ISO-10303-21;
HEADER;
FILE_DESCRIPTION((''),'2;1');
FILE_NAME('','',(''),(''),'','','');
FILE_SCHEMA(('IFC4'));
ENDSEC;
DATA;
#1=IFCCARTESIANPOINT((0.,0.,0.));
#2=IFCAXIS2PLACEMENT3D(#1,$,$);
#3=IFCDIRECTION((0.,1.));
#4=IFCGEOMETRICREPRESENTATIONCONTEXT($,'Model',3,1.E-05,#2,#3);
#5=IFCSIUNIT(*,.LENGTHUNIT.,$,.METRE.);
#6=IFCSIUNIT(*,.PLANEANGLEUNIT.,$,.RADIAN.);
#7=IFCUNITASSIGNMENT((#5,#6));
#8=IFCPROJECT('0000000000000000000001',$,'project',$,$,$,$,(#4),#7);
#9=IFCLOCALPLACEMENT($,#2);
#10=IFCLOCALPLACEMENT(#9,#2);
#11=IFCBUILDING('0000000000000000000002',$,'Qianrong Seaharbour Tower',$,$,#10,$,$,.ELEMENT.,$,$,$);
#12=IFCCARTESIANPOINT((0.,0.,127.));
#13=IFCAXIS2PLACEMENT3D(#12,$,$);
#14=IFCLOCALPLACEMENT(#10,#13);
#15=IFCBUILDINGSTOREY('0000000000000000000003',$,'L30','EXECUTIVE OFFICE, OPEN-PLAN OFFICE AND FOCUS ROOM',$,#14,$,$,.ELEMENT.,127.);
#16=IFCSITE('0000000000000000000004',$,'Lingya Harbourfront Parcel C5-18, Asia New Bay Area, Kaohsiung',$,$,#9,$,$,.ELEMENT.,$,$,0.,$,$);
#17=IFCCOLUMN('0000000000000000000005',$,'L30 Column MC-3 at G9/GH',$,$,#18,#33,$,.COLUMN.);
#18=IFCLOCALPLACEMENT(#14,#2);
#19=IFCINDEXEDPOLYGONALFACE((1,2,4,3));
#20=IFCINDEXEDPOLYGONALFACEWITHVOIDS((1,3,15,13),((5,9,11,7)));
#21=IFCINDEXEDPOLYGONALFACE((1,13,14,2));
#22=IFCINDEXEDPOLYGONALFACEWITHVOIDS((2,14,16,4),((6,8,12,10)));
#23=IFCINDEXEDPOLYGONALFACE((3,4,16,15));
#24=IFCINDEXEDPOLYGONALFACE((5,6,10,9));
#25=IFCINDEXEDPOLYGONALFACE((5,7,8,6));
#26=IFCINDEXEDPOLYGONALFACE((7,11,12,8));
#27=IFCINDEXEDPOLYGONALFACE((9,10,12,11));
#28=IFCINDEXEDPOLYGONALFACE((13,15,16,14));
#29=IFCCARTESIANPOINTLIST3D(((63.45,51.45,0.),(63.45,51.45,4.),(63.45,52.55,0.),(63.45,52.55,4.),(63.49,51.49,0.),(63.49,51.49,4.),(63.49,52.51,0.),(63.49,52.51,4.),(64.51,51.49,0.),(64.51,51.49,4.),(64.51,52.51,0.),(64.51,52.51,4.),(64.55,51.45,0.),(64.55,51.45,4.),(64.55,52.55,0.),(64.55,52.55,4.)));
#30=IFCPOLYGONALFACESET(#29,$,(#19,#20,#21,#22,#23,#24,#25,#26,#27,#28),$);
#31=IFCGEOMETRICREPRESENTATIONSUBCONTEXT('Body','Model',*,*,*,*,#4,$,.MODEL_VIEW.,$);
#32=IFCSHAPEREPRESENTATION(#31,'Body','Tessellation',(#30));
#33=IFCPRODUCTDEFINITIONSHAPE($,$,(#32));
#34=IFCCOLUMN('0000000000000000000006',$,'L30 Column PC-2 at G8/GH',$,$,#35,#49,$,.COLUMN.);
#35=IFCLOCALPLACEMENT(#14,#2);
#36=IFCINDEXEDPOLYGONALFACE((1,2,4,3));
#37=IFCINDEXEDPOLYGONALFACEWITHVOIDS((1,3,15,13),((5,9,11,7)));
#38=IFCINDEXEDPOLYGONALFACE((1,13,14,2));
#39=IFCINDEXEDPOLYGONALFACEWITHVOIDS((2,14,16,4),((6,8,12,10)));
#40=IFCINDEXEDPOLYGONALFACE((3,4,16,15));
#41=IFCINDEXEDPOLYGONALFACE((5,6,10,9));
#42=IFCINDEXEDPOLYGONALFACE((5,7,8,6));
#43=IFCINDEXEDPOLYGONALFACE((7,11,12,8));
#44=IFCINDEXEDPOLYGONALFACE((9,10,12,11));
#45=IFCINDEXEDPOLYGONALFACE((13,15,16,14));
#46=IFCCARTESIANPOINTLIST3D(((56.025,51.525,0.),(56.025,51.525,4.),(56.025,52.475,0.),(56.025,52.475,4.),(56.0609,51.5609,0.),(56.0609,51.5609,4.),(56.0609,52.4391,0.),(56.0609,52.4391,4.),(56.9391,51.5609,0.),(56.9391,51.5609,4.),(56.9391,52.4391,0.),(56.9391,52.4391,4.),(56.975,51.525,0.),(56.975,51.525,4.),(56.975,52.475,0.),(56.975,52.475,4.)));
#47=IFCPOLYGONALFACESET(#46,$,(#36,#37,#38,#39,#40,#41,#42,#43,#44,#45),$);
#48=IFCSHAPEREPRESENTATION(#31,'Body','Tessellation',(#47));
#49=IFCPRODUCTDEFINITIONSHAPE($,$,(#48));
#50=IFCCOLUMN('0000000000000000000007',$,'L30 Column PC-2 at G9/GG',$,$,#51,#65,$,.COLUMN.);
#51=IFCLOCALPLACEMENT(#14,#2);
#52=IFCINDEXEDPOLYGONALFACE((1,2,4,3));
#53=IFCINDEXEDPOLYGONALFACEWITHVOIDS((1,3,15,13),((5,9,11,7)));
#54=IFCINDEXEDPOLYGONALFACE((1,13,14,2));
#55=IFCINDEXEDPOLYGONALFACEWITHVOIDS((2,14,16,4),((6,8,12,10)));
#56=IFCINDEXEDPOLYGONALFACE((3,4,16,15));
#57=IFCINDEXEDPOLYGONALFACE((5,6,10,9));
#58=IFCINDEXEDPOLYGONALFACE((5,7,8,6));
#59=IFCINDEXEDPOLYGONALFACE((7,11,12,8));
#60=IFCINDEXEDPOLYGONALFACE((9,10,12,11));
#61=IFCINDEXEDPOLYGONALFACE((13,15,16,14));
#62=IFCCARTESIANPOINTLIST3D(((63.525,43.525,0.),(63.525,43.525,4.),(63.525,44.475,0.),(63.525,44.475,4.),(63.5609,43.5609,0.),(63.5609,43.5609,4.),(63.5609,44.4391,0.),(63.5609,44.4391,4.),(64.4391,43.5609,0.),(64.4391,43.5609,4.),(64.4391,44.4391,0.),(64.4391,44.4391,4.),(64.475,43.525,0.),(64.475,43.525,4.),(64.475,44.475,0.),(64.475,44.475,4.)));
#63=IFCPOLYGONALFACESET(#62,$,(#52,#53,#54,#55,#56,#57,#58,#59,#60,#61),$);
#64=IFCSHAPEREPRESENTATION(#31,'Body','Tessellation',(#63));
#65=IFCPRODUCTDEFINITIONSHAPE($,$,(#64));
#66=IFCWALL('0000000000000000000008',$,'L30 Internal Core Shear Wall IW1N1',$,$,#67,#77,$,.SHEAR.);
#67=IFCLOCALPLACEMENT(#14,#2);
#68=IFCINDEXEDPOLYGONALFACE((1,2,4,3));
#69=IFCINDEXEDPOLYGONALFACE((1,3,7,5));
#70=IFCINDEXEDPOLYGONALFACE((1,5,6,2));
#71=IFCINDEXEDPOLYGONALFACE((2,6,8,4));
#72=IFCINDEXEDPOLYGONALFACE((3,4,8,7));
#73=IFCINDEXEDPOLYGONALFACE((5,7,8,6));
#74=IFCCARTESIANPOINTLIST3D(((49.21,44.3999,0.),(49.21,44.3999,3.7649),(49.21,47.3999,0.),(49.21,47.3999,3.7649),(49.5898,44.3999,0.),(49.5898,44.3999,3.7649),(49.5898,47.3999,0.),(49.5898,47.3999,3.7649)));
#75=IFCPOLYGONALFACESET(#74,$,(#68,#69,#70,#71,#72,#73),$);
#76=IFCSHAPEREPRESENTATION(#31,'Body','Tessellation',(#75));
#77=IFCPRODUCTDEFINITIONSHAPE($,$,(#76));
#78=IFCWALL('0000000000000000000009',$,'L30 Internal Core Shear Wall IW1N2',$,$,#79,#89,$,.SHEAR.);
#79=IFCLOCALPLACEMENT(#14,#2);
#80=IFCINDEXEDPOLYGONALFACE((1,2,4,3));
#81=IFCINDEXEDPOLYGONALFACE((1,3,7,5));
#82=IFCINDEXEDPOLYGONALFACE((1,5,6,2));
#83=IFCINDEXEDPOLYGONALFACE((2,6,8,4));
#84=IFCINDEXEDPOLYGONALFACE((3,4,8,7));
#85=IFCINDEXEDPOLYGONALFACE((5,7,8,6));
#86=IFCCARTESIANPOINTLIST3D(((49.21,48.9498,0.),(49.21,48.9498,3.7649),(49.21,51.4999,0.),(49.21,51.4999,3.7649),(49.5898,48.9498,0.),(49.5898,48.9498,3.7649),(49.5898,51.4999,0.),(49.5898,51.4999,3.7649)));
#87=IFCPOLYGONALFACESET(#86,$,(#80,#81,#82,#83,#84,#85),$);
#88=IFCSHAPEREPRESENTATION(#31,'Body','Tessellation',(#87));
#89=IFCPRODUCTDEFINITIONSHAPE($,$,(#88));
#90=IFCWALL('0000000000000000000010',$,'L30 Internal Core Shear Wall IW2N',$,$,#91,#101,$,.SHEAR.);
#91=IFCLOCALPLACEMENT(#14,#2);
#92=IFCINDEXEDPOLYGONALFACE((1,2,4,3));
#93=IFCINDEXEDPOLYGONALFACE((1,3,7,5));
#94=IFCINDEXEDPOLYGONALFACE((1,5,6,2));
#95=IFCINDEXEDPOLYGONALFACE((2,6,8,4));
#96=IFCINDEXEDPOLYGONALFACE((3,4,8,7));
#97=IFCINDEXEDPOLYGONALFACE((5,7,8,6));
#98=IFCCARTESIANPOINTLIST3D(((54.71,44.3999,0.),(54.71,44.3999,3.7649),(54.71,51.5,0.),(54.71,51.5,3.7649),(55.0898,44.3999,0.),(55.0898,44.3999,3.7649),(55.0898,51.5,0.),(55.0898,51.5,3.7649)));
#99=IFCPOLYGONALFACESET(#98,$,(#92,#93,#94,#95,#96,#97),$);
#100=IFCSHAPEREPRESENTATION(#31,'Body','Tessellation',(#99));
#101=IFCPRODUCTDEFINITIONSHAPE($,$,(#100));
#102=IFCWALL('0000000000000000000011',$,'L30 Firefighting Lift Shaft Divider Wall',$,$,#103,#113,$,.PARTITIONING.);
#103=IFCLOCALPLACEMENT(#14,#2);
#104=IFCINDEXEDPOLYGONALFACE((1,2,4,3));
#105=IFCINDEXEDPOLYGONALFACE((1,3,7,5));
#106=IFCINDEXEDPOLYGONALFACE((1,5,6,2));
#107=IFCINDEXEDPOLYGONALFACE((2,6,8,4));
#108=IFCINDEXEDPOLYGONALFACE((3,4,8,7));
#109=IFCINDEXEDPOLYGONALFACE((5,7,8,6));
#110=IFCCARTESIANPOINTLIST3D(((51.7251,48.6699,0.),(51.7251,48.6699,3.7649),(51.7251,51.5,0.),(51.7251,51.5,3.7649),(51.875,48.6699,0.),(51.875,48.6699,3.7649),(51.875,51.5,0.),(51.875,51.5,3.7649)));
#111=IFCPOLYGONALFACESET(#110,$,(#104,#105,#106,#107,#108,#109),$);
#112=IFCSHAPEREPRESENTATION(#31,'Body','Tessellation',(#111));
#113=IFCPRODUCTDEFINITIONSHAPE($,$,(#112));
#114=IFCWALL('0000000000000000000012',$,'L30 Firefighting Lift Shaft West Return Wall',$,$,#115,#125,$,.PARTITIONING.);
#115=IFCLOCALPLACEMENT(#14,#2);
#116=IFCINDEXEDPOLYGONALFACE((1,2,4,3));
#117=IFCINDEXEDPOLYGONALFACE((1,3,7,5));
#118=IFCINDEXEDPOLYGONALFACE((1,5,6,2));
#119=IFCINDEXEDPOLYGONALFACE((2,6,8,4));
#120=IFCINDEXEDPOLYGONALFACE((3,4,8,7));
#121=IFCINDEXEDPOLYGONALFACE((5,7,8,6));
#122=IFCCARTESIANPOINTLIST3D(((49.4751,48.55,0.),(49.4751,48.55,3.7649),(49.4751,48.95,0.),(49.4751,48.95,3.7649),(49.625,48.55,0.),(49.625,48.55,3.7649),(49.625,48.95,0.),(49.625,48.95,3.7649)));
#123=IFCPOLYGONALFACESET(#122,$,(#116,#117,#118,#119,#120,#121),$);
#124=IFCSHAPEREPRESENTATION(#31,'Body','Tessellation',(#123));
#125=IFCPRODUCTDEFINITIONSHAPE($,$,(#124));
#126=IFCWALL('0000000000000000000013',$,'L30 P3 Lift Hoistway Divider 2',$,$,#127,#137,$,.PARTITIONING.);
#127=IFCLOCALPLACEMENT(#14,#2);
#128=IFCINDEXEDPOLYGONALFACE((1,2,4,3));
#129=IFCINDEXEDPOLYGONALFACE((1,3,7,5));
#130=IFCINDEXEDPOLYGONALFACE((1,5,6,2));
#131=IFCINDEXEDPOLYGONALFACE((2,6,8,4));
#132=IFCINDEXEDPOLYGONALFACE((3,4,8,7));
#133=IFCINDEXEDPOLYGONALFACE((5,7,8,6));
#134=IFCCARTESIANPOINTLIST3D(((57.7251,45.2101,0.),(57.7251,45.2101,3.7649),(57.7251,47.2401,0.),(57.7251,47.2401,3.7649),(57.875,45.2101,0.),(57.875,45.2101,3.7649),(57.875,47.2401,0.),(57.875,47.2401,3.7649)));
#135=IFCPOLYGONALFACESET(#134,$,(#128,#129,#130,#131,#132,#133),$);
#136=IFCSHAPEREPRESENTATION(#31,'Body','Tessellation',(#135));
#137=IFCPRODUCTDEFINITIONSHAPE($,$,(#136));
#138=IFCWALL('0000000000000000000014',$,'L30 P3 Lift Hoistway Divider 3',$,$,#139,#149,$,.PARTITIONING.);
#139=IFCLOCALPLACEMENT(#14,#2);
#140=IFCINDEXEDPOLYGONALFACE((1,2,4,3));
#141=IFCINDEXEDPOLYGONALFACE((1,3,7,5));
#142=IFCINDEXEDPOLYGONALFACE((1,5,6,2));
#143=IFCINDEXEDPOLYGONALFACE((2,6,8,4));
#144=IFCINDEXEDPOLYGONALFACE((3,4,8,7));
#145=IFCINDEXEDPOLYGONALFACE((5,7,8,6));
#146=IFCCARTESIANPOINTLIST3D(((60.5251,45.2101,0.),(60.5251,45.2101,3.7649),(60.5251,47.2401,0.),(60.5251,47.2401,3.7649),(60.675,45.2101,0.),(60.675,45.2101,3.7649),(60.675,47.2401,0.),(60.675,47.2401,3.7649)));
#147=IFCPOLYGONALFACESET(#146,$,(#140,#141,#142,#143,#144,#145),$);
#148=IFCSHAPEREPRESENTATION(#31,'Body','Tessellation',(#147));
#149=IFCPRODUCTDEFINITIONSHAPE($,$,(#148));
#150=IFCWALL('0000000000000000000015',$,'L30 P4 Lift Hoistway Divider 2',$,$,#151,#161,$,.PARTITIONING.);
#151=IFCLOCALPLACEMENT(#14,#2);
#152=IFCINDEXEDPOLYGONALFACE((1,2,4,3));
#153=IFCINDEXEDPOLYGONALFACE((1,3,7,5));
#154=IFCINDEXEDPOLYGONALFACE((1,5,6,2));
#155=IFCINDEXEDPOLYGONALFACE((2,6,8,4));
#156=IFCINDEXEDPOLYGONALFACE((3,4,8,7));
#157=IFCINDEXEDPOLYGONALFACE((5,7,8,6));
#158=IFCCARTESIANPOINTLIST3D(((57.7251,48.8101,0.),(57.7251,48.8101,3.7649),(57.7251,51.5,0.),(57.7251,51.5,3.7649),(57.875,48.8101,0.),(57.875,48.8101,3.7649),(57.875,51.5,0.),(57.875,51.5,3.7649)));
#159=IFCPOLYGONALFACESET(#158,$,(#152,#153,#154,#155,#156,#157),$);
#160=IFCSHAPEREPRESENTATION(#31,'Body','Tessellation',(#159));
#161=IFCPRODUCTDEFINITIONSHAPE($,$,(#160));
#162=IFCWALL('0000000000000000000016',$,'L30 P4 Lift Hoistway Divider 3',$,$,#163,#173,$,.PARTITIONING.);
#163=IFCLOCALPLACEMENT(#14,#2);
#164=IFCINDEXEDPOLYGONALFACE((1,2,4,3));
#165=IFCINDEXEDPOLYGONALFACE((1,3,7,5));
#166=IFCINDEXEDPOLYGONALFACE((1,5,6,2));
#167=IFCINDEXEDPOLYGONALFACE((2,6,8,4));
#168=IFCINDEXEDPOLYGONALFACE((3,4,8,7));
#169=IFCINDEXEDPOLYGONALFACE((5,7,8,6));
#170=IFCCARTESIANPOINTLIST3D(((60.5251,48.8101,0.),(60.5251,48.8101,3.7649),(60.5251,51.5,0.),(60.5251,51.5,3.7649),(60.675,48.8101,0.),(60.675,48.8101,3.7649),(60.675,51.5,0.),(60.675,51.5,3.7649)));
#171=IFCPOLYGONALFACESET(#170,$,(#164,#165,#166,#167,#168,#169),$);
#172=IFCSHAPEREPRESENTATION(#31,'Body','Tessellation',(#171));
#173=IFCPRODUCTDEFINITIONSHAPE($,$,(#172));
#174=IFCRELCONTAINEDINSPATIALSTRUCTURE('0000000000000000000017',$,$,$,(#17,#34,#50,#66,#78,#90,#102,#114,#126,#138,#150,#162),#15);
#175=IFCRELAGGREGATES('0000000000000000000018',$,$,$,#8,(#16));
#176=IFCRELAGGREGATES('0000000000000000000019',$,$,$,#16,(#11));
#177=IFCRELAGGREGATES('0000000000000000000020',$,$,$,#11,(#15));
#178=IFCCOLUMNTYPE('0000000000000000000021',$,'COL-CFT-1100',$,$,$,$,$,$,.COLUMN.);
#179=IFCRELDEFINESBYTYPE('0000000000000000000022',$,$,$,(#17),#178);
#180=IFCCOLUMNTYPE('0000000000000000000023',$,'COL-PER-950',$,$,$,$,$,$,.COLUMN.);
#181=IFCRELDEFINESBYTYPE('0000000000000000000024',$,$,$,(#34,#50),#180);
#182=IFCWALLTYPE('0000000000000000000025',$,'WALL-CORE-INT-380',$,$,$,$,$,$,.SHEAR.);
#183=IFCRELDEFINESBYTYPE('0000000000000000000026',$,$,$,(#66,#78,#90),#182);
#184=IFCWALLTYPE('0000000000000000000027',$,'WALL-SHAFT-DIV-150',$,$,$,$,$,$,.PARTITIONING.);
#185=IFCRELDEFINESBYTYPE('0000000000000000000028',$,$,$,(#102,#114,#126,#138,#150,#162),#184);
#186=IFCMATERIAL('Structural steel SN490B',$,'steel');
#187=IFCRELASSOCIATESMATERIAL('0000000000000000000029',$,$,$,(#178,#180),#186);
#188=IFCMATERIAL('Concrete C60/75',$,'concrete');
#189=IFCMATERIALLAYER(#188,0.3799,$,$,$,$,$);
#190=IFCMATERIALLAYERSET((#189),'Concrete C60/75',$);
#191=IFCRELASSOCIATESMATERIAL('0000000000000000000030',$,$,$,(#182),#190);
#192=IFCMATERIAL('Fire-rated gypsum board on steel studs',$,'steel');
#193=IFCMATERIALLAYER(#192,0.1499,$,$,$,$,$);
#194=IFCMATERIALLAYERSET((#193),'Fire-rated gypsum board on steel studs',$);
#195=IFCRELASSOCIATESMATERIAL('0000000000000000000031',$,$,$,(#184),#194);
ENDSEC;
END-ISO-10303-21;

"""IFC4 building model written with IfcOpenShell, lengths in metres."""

from ifc_helpers import new_model, si_unit, direction, frame, frame_2d, origin, origin_2d, place, context, subcontext, project, spatial, rectangle, hollow_rectangle, extrude, material, layer, layer_set, material_profile, profile_set, type_object, element, save


model = new_model("IFC4")

# Units and contexts
model_context = context("Model", 3, precision=1e-05, world=origin(), true_north=direction((0.0, 1.0)))
body_context = subcontext(model_context, "Body", "Model", "MODEL_VIEW")
ifc_project = project(units=[si_unit("LENGTHUNIT", "METRE"), si_unit("PLANEANGLEUNIT", "RADIAN")], contexts=[model_context])

# Site, building, storey
site_placement = place(None, origin())
site = spatial("IfcSite", under=ifc_project, at=site_placement, Name="Lingya Harbourfront Parcel C5-18, Asia New Bay Area, Kaohsiung", CompositionType="ELEMENT", RefElevation=0.0)
building_placement = place(site_placement, origin())
building = spatial("IfcBuilding", under=site, at=building_placement, Name="Qianrong Seaharbour Tower", CompositionType="ELEMENT")
storey_placement = place(building_placement, frame((0.0, 0.0, 127.0)))
storey = spatial("IfcBuildingStorey", under=building, at=storey_placement, Name="L30", Description="EXECUTIVE OFFICE, OPEN-PLAN OFFICE AND FOCUS ROOM", CompositionType="ELEMENT", Elevation=127.0)

# Columns
ifc_material_1 = material(Name="Structural steel SN490B", Category="steel")
ifc_material_profile_1 = material_profile(ifc_material_1, hollow_rectangle(XDim=1.1001, YDim=1.1001, WallThickness=0.04, at=origin_2d()), Name="BOX1100x1100x40")
ifc_profile_set_1 = profile_set([ifc_material_profile_1], Name="Structural steel SN490B")
column_type_1 = type_object("IfcColumnType", Name="COL-CFT-1100", PredefinedType="COLUMN", material=ifc_profile_set_1)
column_placement = place(storey_placement, frame((64.0, 52.0, 0.0), z_axis=(0.0, 0.0, 1.0), x_axis=(1.0, 0.0, 0.0)))
element("IfcColumn", 1, at=column_placement, inside=storey, type_object=column_type_1, Name="L30 Column MC-3 at G9/GH", PredefinedType="COLUMN", context=body_context, shape_type="SweptSolid", body=[
    extrude(hollow_rectangle(XDim=1.1001, YDim=1.1001, WallThickness=0.04, at=origin_2d()), origin(), (0.0, 0.0, 1.0), 4.0),
])
ifc_material_profile_2 = material_profile(ifc_material_1, hollow_rectangle(XDim=0.95, YDim=0.95, WallThickness=0.0359, at=origin_2d()), Name="BOX950x950x36")
ifc_profile_set_2 = profile_set([ifc_material_profile_2], Name="Structural steel SN490B")
column_type_2 = type_object("IfcColumnType", Name="COL-PER-950", PredefinedType="COLUMN", material=ifc_profile_set_2)
for number, where, z_axis, x_axis, name in (
    (2, (56.5, 52.0, 0.0), (0.0, 0.0, 1.0), (1.0, 0.0, 0.0), "L30 Column PC-2 at G8/GH"),
    (3, (64.0, 44.0, 0.0), (0.0, 0.0, 1.0), (1.0, 0.0, 0.0), "L30 Column PC-2 at G9/GG"),
):
    element("IfcColumn", number, at=place(storey_placement, frame(where, z_axis=z_axis, x_axis=x_axis)), inside=storey, type_object=column_type_2, Name=name, PredefinedType="COLUMN", context=body_context, shape_type="SweptSolid", body=[
        extrude(hollow_rectangle(XDim=0.95, YDim=0.95, WallThickness=0.0359, at=origin_2d()), origin(), (0.0, 0.0, 1.0), 4.0),
    ])

# Walls
ifc_material_2 = material(Name="Concrete C60/75", Category="concrete")
ifc_layer_1 = layer(ifc_material_2, 0.3799)
ifc_layer_set_1 = layer_set([ifc_layer_1], Name="Concrete C60/75")
wall_type_1 = type_object("IfcWallType", Name="WALL-CORE-INT-380", PredefinedType="SHEAR", material=ifc_layer_set_1)
wall_1_placement = place(storey_placement, frame((49.3999, 44.3999, 0.0), z_axis=(0.0, 0.0, 1.0), x_axis=(0.0, 1.0, 0.0)))
element("IfcWall", 4, at=wall_1_placement, inside=storey, type_object=wall_type_1, Name="L30 Internal Core Shear Wall IW1N1", PredefinedType="SHEAR", context=body_context, shape_type="SweptSolid", body=[
    extrude(rectangle(XDim=3.0, YDim=0.3799, at=frame_2d((1.5, 0.0))), origin(), (0.0, 0.0, 1.0), 3.7649),
])
wall_2_placement = place(storey_placement, frame((49.3999, 48.95, 0.0), z_axis=(0.0, 0.0, 1.0), x_axis=(0.0, 1.0, 0.0)))
element("IfcWall", 5, at=wall_2_placement, inside=storey, type_object=wall_type_1, Name="L30 Internal Core Shear Wall IW1N2", PredefinedType="SHEAR", context=body_context, shape_type="SweptSolid", body=[
    extrude(rectangle(XDim=2.55, YDim=0.3799, at=frame_2d((1.2749, 0.0))), origin(), (0.0, 0.0, 1.0), 3.7649),
])
wall_3_placement = place(storey_placement, frame((54.8999, 44.3999, 0.0), z_axis=(0.0, 0.0, 1.0), x_axis=(0.0, 1.0, 0.0)))
element("IfcWall", 6, at=wall_3_placement, inside=storey, type_object=wall_type_1, Name="L30 Internal Core Shear Wall IW2N", PredefinedType="SHEAR", context=body_context, shape_type="SweptSolid", body=[
    extrude(rectangle(XDim=7.1001, YDim=0.3799, at=frame_2d((3.55, 0.0))), origin(), (0.0, 0.0, 1.0), 3.7649),
])

# Walls
ifc_material_3 = material(Name="Fire-rated gypsum board on steel studs", Category="steel")
ifc_layer_2 = layer(ifc_material_3, 0.1499)
ifc_layer_set_2 = layer_set([ifc_layer_2], Name="Fire-rated gypsum board on steel studs")
wall_type_2 = type_object("IfcWallType", Name="WALL-SHAFT-DIV-150", PredefinedType="PARTITIONING", material=ifc_layer_set_2)
wall_4_placement = place(storey_placement, frame((51.8, 48.6699, 0.0), z_axis=(0.0, 0.0, 1.0), x_axis=(0.0, 1.0, 0.0)))
element("IfcWall", 7, at=wall_4_placement, inside=storey, type_object=wall_type_2, Name="L30 Firefighting Lift Shaft Divider Wall", PredefinedType="PARTITIONING", context=body_context, shape_type="SweptSolid", body=[
    extrude(rectangle(XDim=2.8301, YDim=0.1499, at=frame_2d((1.415, 0.0))), origin(), (0.0, 0.0, 1.0), 3.7649),
])
wall_5_placement = place(storey_placement, frame((49.55, 48.55, 0.0), z_axis=(0.0, 0.0, 1.0), x_axis=(0.0, 1.0, 0.0)))
element("IfcWall", 8, at=wall_5_placement, inside=storey, type_object=wall_type_2, Name="L30 Firefighting Lift Shaft West Return Wall", PredefinedType="PARTITIONING", context=body_context, shape_type="SweptSolid", body=[
    extrude(rectangle(XDim=0.3999, YDim=0.1499, at=frame_2d((0.2, 0.0))), origin(), (0.0, 0.0, 1.0), 3.7649),
])
for number, where, z_axis, x_axis, name in (
    (9, (57.8, 45.21, 0.0), (0.0, 0.0, 1.0), (0.0, 1.0, 0.0), "L30 P3 Lift Hoistway Divider 2"),
    (10, (60.6001, 45.21, 0.0), (0.0, 0.0, 1.0), (0.0, 1.0, 0.0), "L30 P3 Lift Hoistway Divider 3"),
):
    element("IfcWall", number, at=place(storey_placement, frame(where, z_axis=z_axis, x_axis=x_axis)), inside=storey, type_object=wall_type_2, Name=name, PredefinedType="PARTITIONING", context=body_context, shape_type="SweptSolid", body=[
        extrude(rectangle(XDim=2.03, YDim=0.1499, at=frame_2d((1.0151, 0.0))), origin(), (0.0, 0.0, 1.0), 3.7649),
    ])
for number, where, z_axis, x_axis, name in (
    (11, (57.8, 48.8101, 0.0), (0.0, 0.0, 1.0), (0.0, 1.0, 0.0), "L30 P4 Lift Hoistway Divider 2"),
    (12, (60.6001, 48.8101, 0.0), (0.0, 0.0, 1.0), (0.0, 1.0, 0.0), "L30 P4 Lift Hoistway Divider 3"),
):
    element("IfcWall", number, at=place(storey_placement, frame(where, z_axis=z_axis, x_axis=x_axis)), inside=storey, type_object=wall_type_2, Name=name, PredefinedType="PARTITIONING", context=body_context, shape_type="SweptSolid", body=[
        extrude(rectangle(XDim=2.6899, YDim=0.1499, at=frame_2d((1.345, 0.0))), origin(), (0.0, 0.0, 1.0), 3.7649),
    ])

save(model, "model.ifc")
